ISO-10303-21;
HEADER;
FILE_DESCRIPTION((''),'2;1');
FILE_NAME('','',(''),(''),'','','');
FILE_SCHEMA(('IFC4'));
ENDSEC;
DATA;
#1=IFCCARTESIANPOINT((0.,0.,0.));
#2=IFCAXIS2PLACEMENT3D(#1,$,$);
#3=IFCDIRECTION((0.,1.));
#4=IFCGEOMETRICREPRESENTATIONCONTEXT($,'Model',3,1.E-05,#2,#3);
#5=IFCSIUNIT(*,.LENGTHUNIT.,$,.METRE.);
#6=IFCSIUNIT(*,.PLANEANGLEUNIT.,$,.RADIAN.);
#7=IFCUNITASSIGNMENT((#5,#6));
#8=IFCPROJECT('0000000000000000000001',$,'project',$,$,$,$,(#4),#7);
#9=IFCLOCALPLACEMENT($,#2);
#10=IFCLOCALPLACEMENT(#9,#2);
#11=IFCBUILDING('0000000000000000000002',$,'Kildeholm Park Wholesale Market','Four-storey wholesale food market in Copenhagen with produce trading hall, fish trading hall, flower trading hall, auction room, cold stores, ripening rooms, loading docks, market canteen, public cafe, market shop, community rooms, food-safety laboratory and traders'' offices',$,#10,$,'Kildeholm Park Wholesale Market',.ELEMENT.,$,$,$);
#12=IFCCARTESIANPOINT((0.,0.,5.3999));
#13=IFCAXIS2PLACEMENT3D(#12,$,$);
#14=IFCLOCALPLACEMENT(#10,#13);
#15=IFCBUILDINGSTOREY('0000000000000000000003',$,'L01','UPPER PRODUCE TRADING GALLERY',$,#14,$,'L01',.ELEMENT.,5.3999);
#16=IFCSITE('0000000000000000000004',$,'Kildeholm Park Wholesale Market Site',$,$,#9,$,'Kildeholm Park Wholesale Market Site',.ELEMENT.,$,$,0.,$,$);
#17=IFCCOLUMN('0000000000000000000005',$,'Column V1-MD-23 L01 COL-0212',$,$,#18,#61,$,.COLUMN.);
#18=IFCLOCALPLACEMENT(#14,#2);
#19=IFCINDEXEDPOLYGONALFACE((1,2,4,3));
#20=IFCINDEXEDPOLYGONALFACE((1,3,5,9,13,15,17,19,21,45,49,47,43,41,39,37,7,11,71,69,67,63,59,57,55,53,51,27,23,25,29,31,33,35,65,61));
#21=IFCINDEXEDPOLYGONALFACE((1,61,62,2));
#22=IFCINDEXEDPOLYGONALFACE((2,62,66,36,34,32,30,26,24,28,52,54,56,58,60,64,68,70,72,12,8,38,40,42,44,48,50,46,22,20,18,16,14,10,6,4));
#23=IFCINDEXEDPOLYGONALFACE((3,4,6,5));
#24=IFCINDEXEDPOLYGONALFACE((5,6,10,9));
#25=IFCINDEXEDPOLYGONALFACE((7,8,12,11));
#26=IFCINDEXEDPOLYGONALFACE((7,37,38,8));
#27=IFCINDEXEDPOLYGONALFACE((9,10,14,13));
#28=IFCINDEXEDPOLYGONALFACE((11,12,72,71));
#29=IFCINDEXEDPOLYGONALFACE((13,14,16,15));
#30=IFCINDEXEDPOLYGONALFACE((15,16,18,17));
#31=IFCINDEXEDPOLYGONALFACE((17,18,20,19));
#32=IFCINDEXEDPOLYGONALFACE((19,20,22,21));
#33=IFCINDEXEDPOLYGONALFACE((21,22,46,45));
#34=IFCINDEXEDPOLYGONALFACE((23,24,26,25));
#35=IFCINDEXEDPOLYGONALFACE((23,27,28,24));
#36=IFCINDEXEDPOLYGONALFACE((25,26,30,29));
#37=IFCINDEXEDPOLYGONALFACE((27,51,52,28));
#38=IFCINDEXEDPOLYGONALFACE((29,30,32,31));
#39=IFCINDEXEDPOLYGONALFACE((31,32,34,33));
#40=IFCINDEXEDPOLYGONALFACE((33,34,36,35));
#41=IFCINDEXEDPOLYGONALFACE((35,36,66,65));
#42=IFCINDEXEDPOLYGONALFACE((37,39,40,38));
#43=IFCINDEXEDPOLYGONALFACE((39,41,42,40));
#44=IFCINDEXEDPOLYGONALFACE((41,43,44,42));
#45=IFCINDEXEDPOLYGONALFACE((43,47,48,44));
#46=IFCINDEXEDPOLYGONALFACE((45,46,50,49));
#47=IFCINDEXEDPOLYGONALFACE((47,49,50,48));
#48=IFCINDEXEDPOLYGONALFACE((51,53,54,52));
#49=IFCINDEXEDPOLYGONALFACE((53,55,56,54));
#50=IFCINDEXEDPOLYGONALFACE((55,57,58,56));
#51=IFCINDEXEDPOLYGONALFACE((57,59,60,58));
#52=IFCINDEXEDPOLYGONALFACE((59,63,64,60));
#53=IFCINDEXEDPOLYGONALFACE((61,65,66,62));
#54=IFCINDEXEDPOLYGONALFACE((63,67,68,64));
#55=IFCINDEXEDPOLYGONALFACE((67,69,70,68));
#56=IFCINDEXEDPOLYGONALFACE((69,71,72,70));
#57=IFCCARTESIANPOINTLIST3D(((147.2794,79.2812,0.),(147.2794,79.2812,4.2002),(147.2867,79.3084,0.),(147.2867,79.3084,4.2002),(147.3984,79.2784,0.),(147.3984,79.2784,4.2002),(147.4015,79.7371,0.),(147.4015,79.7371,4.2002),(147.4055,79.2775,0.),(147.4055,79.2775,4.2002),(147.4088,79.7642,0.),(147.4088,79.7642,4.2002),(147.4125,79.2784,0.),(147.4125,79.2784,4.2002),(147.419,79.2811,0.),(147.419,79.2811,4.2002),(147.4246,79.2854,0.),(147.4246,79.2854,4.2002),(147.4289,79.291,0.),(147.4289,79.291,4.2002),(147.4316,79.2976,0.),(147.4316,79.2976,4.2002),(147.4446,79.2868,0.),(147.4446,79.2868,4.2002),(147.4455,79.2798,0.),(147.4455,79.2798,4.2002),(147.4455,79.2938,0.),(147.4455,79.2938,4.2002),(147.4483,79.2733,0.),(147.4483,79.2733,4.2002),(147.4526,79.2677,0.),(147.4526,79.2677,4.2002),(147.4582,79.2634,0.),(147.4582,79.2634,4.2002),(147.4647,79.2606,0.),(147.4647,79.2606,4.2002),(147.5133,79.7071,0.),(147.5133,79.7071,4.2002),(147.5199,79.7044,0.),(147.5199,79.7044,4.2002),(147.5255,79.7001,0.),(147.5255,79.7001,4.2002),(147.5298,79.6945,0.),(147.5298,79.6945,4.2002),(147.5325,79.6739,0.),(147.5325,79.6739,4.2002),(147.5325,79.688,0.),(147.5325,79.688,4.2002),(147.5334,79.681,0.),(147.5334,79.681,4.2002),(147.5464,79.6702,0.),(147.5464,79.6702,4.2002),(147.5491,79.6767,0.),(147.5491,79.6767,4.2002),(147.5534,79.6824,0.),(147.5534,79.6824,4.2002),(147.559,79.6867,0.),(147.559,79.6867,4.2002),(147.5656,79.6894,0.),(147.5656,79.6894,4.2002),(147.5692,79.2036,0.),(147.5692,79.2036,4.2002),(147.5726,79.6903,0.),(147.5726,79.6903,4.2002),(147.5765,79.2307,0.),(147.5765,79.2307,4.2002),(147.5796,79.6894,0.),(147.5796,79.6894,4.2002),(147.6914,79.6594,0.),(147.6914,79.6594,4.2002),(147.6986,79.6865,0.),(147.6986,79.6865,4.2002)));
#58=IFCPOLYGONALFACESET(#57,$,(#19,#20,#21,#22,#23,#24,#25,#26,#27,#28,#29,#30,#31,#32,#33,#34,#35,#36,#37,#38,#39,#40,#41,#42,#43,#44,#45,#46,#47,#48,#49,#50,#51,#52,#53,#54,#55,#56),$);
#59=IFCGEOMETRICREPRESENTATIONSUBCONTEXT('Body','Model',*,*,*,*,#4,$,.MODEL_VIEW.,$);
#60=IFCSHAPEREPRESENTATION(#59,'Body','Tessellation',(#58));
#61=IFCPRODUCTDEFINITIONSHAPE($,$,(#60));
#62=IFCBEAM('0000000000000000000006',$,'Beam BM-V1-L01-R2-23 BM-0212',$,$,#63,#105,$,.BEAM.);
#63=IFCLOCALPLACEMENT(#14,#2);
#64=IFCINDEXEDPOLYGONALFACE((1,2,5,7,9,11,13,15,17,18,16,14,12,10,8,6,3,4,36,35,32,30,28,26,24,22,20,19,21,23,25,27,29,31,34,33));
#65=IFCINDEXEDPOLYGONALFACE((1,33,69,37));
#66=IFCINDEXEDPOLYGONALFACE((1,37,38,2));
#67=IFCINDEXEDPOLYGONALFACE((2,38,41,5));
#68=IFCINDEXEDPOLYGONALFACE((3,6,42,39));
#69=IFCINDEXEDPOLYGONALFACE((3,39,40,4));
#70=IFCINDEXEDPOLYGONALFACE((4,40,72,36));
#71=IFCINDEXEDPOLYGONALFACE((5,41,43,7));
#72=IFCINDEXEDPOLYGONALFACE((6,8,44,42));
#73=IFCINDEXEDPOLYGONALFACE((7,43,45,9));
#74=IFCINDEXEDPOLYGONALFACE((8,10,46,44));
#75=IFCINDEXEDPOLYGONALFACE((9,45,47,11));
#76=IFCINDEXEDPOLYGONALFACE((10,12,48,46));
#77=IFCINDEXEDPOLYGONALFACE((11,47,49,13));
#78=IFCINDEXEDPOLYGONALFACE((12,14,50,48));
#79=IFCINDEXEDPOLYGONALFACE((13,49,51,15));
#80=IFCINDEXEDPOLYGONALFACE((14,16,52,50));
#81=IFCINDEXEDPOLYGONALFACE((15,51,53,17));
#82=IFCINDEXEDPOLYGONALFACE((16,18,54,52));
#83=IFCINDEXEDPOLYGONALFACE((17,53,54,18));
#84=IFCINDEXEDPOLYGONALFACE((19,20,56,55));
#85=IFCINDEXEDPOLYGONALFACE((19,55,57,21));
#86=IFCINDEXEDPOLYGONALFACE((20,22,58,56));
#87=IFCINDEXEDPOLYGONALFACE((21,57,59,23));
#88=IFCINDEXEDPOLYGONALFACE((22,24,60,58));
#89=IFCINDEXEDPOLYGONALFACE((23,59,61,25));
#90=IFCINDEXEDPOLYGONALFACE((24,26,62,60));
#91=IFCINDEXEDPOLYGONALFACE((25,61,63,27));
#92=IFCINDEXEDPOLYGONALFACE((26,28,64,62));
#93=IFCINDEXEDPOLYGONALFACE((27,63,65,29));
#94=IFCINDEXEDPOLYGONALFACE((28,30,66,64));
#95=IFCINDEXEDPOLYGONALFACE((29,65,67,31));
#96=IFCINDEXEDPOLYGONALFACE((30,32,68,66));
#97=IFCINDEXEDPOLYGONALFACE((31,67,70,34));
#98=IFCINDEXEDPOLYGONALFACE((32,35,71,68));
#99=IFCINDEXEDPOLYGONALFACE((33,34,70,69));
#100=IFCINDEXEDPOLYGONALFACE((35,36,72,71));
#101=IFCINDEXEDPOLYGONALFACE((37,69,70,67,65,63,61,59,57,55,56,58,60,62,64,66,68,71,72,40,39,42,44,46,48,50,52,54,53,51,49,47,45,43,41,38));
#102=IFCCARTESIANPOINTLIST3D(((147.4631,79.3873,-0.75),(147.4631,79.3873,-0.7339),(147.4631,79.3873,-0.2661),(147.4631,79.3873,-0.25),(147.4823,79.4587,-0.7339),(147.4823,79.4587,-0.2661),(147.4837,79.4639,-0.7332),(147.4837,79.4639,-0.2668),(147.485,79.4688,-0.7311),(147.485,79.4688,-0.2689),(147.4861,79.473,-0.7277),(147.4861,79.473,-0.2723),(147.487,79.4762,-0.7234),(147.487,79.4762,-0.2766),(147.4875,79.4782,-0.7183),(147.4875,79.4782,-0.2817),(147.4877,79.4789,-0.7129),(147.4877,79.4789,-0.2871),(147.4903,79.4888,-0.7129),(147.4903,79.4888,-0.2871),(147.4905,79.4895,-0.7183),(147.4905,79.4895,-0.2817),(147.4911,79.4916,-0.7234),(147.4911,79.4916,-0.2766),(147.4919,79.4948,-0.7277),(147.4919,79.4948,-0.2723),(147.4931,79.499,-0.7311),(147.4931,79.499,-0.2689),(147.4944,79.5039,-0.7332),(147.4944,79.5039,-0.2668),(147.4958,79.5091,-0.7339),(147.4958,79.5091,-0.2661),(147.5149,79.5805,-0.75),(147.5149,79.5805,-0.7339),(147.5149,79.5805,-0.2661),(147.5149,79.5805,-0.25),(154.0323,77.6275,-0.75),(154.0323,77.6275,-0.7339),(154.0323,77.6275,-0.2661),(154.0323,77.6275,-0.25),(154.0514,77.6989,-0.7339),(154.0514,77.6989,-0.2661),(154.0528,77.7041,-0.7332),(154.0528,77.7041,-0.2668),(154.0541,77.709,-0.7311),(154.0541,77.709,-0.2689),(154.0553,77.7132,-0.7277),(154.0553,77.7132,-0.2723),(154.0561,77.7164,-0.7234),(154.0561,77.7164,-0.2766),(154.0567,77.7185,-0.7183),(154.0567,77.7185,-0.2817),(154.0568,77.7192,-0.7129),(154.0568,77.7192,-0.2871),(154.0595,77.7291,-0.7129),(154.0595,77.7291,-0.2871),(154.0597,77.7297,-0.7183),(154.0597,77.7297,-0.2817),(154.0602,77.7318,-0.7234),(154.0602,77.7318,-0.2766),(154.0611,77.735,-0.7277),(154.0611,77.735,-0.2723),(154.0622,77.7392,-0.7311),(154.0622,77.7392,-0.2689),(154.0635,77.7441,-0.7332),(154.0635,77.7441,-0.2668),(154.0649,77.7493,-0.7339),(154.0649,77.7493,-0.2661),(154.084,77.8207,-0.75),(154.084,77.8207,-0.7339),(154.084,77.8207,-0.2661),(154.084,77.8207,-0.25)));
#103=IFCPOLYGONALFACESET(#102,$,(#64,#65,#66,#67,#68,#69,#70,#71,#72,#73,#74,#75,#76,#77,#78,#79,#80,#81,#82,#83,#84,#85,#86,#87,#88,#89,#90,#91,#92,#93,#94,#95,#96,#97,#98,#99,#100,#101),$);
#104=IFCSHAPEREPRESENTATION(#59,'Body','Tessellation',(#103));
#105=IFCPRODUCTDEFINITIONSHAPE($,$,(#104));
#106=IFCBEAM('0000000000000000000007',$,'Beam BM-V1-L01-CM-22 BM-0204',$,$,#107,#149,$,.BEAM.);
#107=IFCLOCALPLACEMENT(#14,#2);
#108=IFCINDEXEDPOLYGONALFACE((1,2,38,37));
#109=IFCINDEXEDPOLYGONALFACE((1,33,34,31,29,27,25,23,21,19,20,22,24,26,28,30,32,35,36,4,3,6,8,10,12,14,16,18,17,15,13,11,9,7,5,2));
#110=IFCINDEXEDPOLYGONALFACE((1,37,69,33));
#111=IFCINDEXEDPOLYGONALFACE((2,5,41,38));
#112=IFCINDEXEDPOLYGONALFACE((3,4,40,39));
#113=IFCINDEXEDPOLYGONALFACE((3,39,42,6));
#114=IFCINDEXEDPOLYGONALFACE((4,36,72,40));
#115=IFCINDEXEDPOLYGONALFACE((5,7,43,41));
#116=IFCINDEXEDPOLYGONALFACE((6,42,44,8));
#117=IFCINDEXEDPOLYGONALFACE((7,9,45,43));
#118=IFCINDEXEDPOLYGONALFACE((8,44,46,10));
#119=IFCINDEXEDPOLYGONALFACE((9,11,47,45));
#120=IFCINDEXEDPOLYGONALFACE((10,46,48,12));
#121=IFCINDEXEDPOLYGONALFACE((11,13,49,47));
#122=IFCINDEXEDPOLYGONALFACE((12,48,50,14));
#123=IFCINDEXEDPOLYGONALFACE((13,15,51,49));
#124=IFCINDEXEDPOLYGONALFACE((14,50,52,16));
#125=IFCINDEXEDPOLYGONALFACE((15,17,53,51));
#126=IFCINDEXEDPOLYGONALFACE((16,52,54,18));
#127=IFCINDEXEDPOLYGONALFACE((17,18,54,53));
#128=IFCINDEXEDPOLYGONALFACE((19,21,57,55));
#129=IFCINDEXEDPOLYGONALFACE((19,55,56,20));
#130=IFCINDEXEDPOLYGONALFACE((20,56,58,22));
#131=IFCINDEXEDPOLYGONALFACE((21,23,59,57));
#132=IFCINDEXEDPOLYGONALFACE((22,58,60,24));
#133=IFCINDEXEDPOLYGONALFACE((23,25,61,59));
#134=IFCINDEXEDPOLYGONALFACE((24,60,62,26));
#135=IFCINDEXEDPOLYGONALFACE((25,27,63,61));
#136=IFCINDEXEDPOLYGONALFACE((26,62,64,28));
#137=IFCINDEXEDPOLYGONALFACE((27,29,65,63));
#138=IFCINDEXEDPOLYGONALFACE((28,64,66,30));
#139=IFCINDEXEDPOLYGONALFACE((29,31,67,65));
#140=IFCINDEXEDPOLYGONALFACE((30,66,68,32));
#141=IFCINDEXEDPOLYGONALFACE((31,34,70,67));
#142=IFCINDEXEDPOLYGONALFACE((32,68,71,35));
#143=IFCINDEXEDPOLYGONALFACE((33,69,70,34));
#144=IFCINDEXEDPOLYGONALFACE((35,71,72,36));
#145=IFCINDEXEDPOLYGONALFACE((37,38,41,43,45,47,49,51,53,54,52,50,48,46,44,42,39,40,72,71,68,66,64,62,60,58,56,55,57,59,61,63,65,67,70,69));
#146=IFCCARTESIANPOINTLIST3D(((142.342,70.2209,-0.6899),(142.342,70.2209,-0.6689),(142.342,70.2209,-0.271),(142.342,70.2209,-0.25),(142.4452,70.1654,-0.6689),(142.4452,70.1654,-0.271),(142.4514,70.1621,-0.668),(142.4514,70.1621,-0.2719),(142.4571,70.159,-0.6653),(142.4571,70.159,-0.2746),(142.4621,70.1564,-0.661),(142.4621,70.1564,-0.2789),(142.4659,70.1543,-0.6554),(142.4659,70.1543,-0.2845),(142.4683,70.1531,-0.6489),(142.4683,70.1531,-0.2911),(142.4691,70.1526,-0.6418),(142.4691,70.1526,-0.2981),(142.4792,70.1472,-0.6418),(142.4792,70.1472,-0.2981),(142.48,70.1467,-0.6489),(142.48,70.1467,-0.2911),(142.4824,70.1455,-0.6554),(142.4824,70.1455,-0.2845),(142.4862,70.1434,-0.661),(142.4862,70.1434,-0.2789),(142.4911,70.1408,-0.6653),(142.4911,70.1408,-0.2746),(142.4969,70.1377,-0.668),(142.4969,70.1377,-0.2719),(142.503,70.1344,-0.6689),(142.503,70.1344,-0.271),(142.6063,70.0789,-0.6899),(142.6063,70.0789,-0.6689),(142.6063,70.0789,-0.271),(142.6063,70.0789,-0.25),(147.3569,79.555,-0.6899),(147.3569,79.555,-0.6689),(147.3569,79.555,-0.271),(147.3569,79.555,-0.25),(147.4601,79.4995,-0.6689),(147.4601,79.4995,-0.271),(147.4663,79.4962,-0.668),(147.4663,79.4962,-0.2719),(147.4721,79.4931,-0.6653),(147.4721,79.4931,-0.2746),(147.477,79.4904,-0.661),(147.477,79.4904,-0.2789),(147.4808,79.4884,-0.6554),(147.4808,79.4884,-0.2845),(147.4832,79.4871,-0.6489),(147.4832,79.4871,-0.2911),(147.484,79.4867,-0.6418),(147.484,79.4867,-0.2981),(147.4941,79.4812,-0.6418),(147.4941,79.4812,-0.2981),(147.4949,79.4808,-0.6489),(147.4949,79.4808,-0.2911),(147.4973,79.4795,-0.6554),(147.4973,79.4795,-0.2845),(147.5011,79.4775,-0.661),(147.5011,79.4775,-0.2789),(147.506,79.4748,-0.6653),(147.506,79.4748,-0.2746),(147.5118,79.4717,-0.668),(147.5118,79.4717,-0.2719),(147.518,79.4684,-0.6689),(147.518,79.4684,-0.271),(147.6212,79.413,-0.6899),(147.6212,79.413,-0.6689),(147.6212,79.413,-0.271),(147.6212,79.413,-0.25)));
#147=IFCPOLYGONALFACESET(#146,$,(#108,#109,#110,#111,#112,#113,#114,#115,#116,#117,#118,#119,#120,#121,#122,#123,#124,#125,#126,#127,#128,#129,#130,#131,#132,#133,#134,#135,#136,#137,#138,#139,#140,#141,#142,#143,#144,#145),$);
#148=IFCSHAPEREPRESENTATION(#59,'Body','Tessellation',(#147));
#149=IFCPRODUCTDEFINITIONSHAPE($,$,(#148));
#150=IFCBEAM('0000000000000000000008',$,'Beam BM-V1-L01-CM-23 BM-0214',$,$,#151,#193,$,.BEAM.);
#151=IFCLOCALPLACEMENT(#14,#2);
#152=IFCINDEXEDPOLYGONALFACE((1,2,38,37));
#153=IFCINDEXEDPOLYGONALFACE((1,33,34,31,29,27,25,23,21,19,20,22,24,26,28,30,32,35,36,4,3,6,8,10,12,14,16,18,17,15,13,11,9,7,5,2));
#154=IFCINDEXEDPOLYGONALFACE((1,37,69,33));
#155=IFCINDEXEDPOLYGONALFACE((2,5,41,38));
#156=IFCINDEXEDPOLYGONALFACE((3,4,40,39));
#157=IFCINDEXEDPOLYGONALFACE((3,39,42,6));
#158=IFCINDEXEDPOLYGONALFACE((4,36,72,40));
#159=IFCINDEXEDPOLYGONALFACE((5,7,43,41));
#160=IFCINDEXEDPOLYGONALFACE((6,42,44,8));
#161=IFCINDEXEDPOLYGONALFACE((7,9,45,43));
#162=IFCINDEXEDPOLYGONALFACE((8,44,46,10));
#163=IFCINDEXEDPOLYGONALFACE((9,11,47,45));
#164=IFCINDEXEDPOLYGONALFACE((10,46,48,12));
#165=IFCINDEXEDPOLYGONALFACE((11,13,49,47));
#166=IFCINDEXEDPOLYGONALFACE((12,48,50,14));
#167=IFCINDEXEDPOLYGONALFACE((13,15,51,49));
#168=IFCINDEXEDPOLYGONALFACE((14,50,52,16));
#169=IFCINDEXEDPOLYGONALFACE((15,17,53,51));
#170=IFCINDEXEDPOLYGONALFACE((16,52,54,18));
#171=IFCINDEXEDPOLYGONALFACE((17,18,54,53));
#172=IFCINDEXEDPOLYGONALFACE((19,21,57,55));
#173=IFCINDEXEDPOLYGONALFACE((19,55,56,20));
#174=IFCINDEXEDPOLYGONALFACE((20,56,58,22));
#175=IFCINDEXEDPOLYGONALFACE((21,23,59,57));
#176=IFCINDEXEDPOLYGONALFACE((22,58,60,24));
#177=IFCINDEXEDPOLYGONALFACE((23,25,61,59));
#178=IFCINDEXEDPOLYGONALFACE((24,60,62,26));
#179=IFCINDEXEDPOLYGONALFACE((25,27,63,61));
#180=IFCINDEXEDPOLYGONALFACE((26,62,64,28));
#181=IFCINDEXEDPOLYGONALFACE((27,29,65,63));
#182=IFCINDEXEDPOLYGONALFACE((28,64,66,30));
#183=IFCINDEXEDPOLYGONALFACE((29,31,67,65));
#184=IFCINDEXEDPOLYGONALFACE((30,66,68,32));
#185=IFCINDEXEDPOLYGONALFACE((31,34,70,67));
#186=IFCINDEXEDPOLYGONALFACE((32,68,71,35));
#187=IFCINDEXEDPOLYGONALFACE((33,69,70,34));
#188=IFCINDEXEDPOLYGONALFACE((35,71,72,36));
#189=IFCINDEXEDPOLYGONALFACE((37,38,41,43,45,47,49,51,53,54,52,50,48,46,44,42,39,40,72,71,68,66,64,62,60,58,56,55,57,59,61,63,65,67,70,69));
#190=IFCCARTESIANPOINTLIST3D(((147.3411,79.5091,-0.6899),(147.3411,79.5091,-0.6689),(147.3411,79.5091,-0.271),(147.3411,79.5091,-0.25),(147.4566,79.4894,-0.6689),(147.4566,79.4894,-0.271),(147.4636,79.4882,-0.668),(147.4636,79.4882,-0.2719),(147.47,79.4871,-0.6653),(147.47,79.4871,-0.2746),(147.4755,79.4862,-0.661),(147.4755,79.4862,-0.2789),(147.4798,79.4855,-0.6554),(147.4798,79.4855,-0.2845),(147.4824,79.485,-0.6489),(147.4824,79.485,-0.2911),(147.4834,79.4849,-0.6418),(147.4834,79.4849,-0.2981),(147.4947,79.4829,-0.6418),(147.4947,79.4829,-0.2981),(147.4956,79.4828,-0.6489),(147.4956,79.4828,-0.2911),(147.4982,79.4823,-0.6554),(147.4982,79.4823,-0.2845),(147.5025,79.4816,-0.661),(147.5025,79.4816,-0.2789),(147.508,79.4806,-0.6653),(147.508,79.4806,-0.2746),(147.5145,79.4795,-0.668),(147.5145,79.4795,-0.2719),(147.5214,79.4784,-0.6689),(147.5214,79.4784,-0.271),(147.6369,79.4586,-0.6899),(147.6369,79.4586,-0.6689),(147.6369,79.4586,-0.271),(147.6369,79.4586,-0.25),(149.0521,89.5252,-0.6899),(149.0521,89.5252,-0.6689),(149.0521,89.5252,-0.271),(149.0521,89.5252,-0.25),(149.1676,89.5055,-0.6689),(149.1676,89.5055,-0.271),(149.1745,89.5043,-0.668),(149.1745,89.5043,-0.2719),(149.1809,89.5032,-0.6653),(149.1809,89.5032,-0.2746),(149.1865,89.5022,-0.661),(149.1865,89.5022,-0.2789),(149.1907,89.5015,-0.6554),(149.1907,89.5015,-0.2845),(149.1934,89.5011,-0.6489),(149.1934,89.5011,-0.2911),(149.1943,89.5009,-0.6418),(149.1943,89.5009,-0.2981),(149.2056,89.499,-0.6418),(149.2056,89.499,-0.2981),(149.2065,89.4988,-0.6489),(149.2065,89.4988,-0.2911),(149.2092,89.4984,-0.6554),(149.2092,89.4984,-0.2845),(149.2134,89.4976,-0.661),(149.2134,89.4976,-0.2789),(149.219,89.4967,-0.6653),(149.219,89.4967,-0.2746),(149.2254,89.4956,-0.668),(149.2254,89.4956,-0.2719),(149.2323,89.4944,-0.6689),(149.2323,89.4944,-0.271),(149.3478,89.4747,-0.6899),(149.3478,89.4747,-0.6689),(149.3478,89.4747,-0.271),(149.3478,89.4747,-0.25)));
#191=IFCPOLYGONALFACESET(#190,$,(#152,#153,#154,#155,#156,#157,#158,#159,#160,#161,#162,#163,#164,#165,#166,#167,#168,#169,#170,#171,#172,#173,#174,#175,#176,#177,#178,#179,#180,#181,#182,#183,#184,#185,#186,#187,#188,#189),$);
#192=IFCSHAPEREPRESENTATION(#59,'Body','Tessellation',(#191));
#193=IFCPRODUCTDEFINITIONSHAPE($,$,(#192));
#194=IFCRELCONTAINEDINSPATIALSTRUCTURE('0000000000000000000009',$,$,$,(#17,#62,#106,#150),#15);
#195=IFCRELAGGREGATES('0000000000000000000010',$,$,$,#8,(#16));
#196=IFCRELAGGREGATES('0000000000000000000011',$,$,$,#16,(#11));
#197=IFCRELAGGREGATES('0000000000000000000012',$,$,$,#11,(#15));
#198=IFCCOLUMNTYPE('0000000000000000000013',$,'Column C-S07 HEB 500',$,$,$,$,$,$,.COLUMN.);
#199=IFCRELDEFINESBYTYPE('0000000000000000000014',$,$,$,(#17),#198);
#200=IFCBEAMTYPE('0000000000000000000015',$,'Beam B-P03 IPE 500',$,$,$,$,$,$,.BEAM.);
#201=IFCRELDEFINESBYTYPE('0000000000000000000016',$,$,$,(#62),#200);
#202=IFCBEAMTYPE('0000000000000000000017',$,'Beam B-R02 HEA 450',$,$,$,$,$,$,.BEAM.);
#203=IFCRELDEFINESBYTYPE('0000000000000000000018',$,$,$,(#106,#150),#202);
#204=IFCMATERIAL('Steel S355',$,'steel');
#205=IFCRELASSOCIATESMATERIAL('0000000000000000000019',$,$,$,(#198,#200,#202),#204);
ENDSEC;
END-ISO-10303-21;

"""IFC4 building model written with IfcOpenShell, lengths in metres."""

from ifc_helpers import new_model, si_unit, direction, frame, origin, origin_2d, place, context, subcontext, project, spatial, i_section, extrude, material, material_profile, profile_set, type_object, element, save


model = new_model("IFC4")

# Units and contexts
model_context = context("Model", 3, precision=1e-05, world=origin(), true_north=direction((0.0, 1.0)))
body_context = subcontext(model_context, "Body", "Model", "MODEL_VIEW")
ifc_project = project(units=[si_unit("LENGTHUNIT", "METRE"), si_unit("PLANEANGLEUNIT", "RADIAN")], contexts=[model_context])

# Site, building, storey
site_placement = place(None, origin())
site = spatial("IfcSite", under=ifc_project, at=site_placement, Name="Kildeholm Park Wholesale Market Site", LongName="Kildeholm Park Wholesale Market Site", CompositionType="ELEMENT", RefElevation=0.0)
building_placement = place(site_placement, origin())
building = spatial("IfcBuilding", under=site, at=building_placement, Name="Kildeholm Park Wholesale Market", Description="Four-storey wholesale food market in Copenhagen with produce trading hall, fish trading hall, flower trading hall, auction room, cold stores, ripening rooms, loading docks, market canteen, public cafe, market shop, community rooms, food-safety laboratory and traders' offices", LongName="Kildeholm Park Wholesale Market", CompositionType="ELEMENT")
storey_placement = place(building_placement, frame((0.0, 0.0, 5.3999)))
storey = spatial("IfcBuildingStorey", under=building, at=storey_placement, Name="L01", Description="UPPER PRODUCE TRADING GALLERY", LongName="L01", CompositionType="ELEMENT", Elevation=5.3999)

# Column
ifc_material_1 = material(Name="Steel S355", Category="steel")
ifc_material_profile_1 = material_profile(ifc_material_1, i_section(OverallWidth=0.3, OverallDepth=0.5, WebThickness=0.0144, FlangeThickness=0.0281, FilletRadius=0.0271, at=origin_2d()), Name="HEB 500")
ifc_profile_set_1 = profile_set([ifc_material_profile_1], Name="Steel S355")
column_type = type_object("IfcColumnType", Name="Column C-S07 HEB 500", PredefinedType="COLUMN", material=ifc_profile_set_1)
column_placement = place(storey_placement, frame((147.489, 79.4839, 0.0), z_axis=(0.0, 0.0, 1.0), x_axis=(0.965926, -0.258819, 0.0)))
element("IfcColumn", 1, at=column_placement, inside=storey, type_object=column_type, Name="Column V1-MD-23 L01 COL-0212", PredefinedType="COLUMN", context=body_context, shape_type="SweptSolid", body=[
    extrude(i_section(OverallWidth=0.3, OverallDepth=0.5, WebThickness=0.0144, FlangeThickness=0.0281, FilletRadius=0.0271, at=origin_2d()), origin(), (0.0, 0.0, 1.0), 4.2002),
])

# Beams
ifc_material_profile_2 = material_profile(ifc_material_1, i_section(OverallWidth=0.2, OverallDepth=0.5, WebThickness=0.0103, FlangeThickness=0.0161, FilletRadius=0.021, at=origin_2d()), Name="IPE 500")
ifc_profile_set_2 = profile_set([ifc_material_profile_2], Name="Steel S355")
beam_type_1 = type_object("IfcBeamType", Name="Beam B-P03 IPE 500", PredefinedType="BEAM", material=ifc_profile_set_2)
beam_1_placement = place(storey_placement, frame((147.489, 79.4839, -0.5), z_axis=(0.965941, -0.258762, 0.0), x_axis=(0.258762, 0.965941, 0.0)))
element("IfcBeam", 2, at=beam_1_placement, inside=storey, type_object=beam_type_1, Name="Beam BM-V1-L01-R2-23 BM-0212", PredefinedType="BEAM", context=body_context, shape_type="SweptSolid", body=[
    extrude(i_section(OverallWidth=0.2, OverallDepth=0.5, WebThickness=0.0103, FlangeThickness=0.0161, FilletRadius=0.021, at=origin_2d()), origin(), (0.0, 0.0, 1.0), 6.8008),
])
ifc_material_profile_3 = material_profile(ifc_material_1, i_section(OverallWidth=0.3, OverallDepth=0.4399, WebThickness=0.0115, FlangeThickness=0.021, FilletRadius=0.0271, at=origin_2d()), Name="HEA 450")
ifc_profile_set_3 = profile_set([ifc_material_profile_3], Name="Steel S355")
beam_type_2 = type_object("IfcBeamType", Name="Beam B-R02 HEA 450", PredefinedType="BEAM", material=ifc_profile_set_3)
beam_2_placement = place(storey_placement, frame((142.4741, 70.1499, -0.47), z_axis=(0.473288, 0.880908, 0.0), x_axis=(-0.880908, 0.473288, 0.0)))
element("IfcBeam", 3, at=beam_2_placement, inside=storey, type_object=beam_type_2, Name="Beam BM-V1-L01-CM-22 BM-0204", PredefinedType="BEAM", context=body_context, shape_type="SweptSolid", body=[
    extrude(i_section(OverallWidth=0.3, OverallDepth=0.4399, WebThickness=0.0115, FlangeThickness=0.021, FilletRadius=0.0271, at=origin_2d()), origin(), (0.0, 0.0, 1.0), 10.5959),
])
beam_3_placement = place(storey_placement, frame((147.489, 79.4839, -0.47), z_axis=(0.16838, 0.985722, 0.0), x_axis=(-0.985722, 0.16838, 0.0)))
element("IfcBeam", 4, at=beam_3_placement, inside=storey, type_object=beam_type_2, Name="Beam BM-V1-L01-CM-23 BM-0214", PredefinedType="BEAM", context=body_context, shape_type="SweptSolid", body=[
    extrude(i_section(OverallWidth=0.3, OverallDepth=0.4399, WebThickness=0.0115, FlangeThickness=0.021, FilletRadius=0.0271, at=origin_2d()), origin(), (0.0, 0.0, 1.0), 10.1611),
])

save(model, "model.ifc")
